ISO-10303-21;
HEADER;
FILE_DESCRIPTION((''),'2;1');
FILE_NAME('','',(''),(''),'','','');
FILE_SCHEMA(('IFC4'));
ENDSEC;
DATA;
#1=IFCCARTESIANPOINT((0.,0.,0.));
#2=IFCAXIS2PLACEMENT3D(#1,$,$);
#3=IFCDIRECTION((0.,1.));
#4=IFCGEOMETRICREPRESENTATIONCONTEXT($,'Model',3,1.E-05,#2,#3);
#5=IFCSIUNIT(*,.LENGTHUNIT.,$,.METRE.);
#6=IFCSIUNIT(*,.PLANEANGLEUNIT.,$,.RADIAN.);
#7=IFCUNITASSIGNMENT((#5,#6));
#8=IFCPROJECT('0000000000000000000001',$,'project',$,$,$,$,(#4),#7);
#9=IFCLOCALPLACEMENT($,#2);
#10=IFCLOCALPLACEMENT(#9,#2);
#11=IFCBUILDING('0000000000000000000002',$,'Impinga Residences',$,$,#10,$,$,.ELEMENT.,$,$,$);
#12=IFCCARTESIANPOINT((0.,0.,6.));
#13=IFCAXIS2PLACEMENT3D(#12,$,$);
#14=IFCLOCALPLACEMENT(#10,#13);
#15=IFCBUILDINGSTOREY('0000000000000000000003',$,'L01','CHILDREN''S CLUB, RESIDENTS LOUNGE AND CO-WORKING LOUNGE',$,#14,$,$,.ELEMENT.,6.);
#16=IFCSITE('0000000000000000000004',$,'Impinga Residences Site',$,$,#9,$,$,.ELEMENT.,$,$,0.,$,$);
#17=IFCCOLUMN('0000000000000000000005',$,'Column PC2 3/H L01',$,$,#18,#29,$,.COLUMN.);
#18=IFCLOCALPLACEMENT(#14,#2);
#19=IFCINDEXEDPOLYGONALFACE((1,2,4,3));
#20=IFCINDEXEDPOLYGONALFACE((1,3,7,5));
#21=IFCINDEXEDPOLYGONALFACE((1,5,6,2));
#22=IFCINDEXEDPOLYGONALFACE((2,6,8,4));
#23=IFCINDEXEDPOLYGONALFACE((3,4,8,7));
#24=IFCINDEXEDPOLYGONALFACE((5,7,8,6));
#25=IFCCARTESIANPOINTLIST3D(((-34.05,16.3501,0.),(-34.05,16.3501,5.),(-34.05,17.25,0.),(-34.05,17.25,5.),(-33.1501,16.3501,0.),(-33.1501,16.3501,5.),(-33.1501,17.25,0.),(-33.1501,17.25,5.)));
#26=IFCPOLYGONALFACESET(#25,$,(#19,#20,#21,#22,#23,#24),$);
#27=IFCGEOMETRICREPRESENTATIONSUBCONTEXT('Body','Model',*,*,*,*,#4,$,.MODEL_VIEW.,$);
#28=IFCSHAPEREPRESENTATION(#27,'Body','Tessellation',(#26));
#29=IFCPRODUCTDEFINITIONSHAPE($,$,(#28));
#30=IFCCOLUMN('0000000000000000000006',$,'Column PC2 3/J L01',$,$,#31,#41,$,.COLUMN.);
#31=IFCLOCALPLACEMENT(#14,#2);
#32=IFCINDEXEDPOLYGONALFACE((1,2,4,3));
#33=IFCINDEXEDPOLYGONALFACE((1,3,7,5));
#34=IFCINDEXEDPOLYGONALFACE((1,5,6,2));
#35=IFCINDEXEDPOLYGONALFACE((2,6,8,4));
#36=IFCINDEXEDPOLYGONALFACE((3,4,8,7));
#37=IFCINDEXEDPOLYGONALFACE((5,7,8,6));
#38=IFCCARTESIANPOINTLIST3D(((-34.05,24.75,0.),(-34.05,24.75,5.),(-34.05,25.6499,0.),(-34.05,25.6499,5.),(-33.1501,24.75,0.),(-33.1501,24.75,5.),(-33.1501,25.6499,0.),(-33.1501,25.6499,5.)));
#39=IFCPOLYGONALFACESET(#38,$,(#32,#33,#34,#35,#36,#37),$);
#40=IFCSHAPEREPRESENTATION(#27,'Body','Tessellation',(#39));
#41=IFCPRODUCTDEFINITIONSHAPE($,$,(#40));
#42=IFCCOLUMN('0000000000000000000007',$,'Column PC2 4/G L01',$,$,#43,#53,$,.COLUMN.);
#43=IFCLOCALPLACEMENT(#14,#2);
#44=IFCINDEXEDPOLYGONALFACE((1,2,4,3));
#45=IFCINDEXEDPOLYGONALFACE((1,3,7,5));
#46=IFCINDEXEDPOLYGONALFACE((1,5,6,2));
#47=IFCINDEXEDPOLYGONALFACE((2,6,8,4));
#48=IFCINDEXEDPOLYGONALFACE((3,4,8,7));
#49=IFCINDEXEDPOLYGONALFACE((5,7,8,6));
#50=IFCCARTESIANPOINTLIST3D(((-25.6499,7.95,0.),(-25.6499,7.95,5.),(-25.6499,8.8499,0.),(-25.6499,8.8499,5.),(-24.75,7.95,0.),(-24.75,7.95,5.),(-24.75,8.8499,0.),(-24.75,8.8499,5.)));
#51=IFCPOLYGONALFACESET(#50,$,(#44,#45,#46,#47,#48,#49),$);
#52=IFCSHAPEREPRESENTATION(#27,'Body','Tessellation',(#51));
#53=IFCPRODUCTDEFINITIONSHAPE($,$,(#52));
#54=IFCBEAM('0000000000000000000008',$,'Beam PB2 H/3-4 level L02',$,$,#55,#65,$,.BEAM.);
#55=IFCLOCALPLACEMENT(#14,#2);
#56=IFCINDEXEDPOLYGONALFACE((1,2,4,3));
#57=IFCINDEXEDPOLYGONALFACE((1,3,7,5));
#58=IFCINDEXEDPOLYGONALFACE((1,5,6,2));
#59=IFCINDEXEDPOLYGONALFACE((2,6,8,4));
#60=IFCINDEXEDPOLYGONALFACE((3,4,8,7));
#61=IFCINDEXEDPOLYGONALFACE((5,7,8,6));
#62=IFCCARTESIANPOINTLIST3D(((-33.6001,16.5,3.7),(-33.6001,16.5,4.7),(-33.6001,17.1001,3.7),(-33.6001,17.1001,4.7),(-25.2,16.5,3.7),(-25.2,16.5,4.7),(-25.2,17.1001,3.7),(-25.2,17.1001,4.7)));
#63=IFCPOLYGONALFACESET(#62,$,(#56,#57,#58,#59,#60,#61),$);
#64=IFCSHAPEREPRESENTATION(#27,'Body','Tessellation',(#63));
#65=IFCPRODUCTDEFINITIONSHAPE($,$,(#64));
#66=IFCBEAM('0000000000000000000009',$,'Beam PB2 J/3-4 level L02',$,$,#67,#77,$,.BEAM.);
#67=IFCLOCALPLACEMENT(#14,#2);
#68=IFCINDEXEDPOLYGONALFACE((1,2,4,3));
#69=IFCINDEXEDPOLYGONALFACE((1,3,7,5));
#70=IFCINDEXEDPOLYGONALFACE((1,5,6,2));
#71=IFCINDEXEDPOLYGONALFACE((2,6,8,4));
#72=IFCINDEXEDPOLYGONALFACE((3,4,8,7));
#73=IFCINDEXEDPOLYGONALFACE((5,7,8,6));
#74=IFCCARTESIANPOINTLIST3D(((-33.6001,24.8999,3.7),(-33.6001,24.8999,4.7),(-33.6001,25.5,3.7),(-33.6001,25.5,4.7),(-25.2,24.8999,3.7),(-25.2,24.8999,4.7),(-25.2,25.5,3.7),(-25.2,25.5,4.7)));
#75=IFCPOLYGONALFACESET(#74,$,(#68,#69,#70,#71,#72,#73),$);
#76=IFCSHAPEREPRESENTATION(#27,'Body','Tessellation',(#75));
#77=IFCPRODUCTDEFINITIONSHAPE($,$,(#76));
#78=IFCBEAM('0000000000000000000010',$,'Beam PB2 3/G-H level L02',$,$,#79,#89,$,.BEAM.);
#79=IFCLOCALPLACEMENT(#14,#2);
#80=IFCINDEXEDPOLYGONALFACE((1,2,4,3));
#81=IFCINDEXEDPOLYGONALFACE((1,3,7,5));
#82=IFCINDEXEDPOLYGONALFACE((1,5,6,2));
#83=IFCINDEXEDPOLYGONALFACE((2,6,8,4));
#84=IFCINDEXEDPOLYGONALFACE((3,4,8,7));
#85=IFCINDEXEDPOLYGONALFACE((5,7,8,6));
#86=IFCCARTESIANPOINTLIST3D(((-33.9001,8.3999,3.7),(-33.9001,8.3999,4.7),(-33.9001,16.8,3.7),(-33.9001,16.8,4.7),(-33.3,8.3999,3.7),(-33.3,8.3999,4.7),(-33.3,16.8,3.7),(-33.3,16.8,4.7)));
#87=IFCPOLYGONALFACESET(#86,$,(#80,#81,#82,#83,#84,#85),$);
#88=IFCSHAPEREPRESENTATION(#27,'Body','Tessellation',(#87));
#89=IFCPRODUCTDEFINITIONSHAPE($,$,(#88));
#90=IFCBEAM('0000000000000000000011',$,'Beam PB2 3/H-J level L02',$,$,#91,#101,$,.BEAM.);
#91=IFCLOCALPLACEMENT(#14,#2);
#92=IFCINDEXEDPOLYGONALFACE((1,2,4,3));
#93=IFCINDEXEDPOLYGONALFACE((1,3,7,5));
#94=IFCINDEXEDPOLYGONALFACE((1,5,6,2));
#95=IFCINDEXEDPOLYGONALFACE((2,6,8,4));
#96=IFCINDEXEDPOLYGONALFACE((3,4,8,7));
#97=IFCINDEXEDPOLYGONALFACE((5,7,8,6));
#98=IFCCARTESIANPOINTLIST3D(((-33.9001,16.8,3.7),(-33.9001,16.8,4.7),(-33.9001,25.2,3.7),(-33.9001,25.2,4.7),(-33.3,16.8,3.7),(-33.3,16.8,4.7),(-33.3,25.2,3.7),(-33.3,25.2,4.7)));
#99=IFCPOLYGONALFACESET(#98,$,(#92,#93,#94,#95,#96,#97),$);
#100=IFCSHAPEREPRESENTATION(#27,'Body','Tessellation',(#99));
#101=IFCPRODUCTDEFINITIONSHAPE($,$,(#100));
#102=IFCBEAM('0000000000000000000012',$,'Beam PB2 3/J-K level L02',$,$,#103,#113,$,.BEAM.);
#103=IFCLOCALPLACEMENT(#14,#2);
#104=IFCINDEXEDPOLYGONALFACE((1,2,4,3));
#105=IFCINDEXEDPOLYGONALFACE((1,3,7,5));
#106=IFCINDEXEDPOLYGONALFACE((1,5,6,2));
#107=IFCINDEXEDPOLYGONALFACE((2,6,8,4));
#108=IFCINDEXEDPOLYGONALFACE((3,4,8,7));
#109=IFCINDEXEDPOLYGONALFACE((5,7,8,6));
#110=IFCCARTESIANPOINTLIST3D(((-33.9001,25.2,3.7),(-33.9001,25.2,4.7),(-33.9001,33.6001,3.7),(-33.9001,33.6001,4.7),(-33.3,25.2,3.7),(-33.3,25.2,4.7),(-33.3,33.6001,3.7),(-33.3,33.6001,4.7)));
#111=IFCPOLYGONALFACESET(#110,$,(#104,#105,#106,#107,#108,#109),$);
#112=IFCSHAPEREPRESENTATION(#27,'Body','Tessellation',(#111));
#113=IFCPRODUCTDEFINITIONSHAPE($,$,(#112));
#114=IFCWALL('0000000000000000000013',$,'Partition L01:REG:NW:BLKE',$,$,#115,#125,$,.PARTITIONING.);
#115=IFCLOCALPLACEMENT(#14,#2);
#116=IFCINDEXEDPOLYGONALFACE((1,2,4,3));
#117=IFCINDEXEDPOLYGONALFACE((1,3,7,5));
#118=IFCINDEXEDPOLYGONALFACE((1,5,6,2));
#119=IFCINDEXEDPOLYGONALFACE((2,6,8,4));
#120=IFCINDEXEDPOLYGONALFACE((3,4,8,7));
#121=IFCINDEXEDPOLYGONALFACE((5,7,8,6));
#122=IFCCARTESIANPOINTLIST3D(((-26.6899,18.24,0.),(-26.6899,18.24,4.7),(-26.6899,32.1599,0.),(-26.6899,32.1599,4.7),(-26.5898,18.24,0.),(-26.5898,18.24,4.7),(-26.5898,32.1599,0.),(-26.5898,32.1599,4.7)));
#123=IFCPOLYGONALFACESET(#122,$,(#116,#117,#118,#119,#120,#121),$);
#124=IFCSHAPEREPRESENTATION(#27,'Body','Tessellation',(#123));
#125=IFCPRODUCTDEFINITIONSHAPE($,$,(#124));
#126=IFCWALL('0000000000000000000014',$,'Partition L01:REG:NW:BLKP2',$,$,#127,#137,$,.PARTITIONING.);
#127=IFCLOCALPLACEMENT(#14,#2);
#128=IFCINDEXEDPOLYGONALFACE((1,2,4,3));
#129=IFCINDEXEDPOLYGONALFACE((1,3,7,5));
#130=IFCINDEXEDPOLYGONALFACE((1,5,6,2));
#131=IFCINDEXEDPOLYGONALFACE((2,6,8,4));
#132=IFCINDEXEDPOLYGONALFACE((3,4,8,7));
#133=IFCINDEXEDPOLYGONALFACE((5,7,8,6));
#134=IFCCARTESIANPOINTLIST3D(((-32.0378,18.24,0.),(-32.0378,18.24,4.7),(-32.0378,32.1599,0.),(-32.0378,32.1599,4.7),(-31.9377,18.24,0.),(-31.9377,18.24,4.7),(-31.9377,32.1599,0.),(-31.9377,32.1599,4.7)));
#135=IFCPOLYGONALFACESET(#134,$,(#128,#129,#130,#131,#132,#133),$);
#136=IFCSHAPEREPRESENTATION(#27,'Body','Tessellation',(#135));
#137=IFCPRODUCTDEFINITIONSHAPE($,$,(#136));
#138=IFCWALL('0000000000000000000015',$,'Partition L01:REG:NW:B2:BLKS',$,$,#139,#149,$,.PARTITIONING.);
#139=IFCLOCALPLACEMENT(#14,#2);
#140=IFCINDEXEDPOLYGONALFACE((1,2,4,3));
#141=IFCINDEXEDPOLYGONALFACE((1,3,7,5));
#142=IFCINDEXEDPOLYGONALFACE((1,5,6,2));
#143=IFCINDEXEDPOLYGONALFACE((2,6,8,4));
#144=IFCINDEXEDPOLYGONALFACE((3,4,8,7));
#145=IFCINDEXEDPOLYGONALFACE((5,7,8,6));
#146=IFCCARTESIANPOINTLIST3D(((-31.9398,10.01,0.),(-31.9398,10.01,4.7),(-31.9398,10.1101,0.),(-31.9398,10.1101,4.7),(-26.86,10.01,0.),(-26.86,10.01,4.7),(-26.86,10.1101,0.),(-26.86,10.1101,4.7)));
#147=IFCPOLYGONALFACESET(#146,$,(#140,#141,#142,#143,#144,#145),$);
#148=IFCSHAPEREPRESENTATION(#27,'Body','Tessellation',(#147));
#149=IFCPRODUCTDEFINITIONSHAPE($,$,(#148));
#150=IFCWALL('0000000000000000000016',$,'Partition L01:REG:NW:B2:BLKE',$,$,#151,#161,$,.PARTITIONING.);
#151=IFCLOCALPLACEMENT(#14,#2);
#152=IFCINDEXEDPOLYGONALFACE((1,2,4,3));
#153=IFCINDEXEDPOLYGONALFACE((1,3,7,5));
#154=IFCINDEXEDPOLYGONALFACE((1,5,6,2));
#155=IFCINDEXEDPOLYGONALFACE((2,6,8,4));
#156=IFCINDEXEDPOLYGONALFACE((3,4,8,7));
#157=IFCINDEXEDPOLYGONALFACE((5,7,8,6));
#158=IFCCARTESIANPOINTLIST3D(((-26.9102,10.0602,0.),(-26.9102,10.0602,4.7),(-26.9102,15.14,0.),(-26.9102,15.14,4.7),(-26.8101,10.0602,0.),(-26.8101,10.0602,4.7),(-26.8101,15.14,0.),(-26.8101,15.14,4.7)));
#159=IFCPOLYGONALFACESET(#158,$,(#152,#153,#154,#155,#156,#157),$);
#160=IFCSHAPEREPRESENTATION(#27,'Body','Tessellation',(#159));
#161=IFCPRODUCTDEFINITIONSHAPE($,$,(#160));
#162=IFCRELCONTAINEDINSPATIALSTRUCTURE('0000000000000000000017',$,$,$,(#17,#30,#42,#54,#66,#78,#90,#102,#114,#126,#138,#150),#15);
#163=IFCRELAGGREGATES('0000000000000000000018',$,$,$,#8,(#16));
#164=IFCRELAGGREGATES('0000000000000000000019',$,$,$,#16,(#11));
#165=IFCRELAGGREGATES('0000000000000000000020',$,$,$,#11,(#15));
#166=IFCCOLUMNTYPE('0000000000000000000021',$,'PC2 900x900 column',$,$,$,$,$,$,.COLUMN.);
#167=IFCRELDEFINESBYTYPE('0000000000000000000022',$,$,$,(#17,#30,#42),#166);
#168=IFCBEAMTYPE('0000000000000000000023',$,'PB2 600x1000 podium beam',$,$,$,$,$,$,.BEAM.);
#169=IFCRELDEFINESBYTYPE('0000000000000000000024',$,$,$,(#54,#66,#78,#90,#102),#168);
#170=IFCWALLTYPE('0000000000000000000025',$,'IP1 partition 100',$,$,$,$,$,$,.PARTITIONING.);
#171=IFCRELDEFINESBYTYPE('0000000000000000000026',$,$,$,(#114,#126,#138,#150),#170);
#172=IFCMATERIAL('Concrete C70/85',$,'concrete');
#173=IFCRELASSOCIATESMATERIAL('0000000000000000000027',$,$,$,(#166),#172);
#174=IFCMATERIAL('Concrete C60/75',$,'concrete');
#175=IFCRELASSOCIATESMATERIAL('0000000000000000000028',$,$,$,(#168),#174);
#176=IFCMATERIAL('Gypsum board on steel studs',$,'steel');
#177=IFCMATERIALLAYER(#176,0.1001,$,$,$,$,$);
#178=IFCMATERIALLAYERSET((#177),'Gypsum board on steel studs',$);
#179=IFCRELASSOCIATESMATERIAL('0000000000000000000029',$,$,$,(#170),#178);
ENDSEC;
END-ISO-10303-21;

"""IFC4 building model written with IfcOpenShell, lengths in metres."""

from ifc_helpers import new_model, si_unit, direction, frame, frame_2d, origin, origin_2d, place, context, subcontext, project, spatial, rectangle, extrude, material, layer, layer_set, material_profile, profile_set, type_object, element, save


model = new_model("IFC4")

# Units and contexts
model_context = context("Model", 3, precision=1e-05, world=origin(), true_north=direction((0.0, 1.0)))
body_context = subcontext(model_context, "Body", "Model", "MODEL_VIEW")
ifc_project = project(units=[si_unit("LENGTHUNIT", "METRE"), si_unit("PLANEANGLEUNIT", "RADIAN")], contexts=[model_context])

# Site, building, storey
site_placement = place(None, origin())
site = spatial("IfcSite", under=ifc_project, at=site_placement, Name="Impinga Residences Site", CompositionType="ELEMENT", RefElevation=0.0)
building_placement = place(site_placement, origin())
building = spatial("IfcBuilding", under=site, at=building_placement, Name="Impinga Residences", CompositionType="ELEMENT")
storey_placement = place(building_placement, frame((0.0, 0.0, 6.0)))
storey = spatial("IfcBuildingStorey", under=building, at=storey_placement, Name="L01", Description="CHILDREN'S CLUB, RESIDENTS LOUNGE AND CO-WORKING LOUNGE", CompositionType="ELEMENT", Elevation=6.0)

# Columns
ifc_material_1 = material(Name="Concrete C70/85", Category="concrete")
ifc_material_profile_1 = material_profile(ifc_material_1, rectangle(XDim=0.8999, YDim=0.8999, at=origin_2d()), Name="RC 900x900")
ifc_profile_set_1 = profile_set([ifc_material_profile_1], Name="Concrete C70/85")
column_type = type_object("IfcColumnType", Name="PC2 900x900 column", PredefinedType="COLUMN", material=ifc_profile_set_1)
for number, where, z_axis, x_axis, name in (
    (1, (-33.6001, 16.8, 0.0), (0.0, 0.0, 1.0), (1.0, 0.0, 0.0), "Column PC2 3/H L01"),
    (2, (-33.6001, 25.2, 0.0), (0.0, 0.0, 1.0), (1.0, 0.0, 0.0), "Column PC2 3/J L01"),
    (3, (-25.2, 8.3999, 0.0), (0.0, 0.0, 1.0), (1.0, 0.0, 0.0), "Column PC2 4/G L01"),
):
    element("IfcColumn", number, at=place(storey_placement, frame(where, z_axis=z_axis, x_axis=x_axis)), inside=storey, type_object=column_type, Name=name, PredefinedType="COLUMN", context=body_context, shape_type="SweptSolid", body=[
        extrude(rectangle(XDim=0.8999, YDim=0.8999, at=origin_2d()), origin(), (0.0, 0.0, 1.0), 5.0),
    ])

# Beams
ifc_material_2 = material(Name="Concrete C60/75", Category="concrete")
ifc_material_profile_2 = material_profile(ifc_material_2, rectangle(XDim=0.6001, YDim=1.0, at=origin_2d()), Name="RC 600x1000")
ifc_profile_set_2 = profile_set([ifc_material_profile_2], Name="Concrete C60/75")
beam_type = type_object("IfcBeamType", Name="PB2 600x1000 podium beam", PredefinedType="BEAM", material=ifc_profile_set_2)
for number, where, z_axis, x_axis, name in (
    (4, (-33.6001, 16.8, 4.2), (1.0, 0.0, 0.0), (0.0, 1.0, 0.0), "Beam PB2 H/3-4 level L02"),
    (5, (-33.6001, 25.2, 4.2), (1.0, 0.0, 0.0), (0.0, 1.0, 0.0), "Beam PB2 J/3-4 level L02"),
    (6, (-33.6001, 8.3999, 4.2), (0.0, 1.0, 0.0), (-1.0, 0.0, 0.0), "Beam PB2 3/G-H level L02"),
):
    element("IfcBeam", number, at=place(storey_placement, frame(where, z_axis=z_axis, x_axis=x_axis)), inside=storey, type_object=beam_type, Name=name, PredefinedType="BEAM", context=body_context, shape_type="SweptSolid", body=[
        extrude(rectangle(XDim=0.6001, YDim=1.0, at=origin_2d()), origin(), (0.0, 0.0, 1.0), 8.4001),
    ])
beam_1_placement = place(storey_placement, frame((-33.6001, 16.8, 4.2), z_axis=(0.0, 1.0, 0.0), x_axis=(-1.0, 0.0, 0.0)))
element("IfcBeam", 7, at=beam_1_placement, inside=storey, type_object=beam_type, Name="Beam PB2 3/H-J level L02", PredefinedType="BEAM", context=body_context, shape_type="SweptSolid", body=[
    extrude(rectangle(XDim=0.6001, YDim=1.0, at=origin_2d()), origin(), (0.0, 0.0, 1.0), 8.3999),
])
beam_2_placement = place(storey_placement, frame((-33.6001, 25.2, 4.2), z_axis=(0.0, 1.0, 0.0), x_axis=(-1.0, 0.0, 0.0)))
element("IfcBeam", 8, at=beam_2_placement, inside=storey, type_object=beam_type, Name="Beam PB2 3/J-K level L02", PredefinedType="BEAM", context=body_context, shape_type="SweptSolid", body=[
    extrude(rectangle(XDim=0.6001, YDim=1.0, at=origin_2d()), origin(), (0.0, 0.0, 1.0), 8.4001),
])

# Walls
ifc_material_3 = material(Name="Gypsum board on steel studs", Category="steel")
ifc_layer = layer(ifc_material_3, 0.1001)
ifc_layer_set = layer_set([ifc_layer], Name="Gypsum board on steel studs")
wall_type = type_object("IfcWallType", Name="IP1 partition 100", PredefinedType="PARTITIONING", material=ifc_layer_set)
for number, where, z_axis, x_axis, name in (
    (9, (-26.6399, 18.24, 0.0), (0.0, 0.0, 1.0), (0.0, 1.0, 0.0), "Partition L01:REG:NW:BLKE"),
    (10, (-31.9878, 18.24, 0.0), (0.0, 0.0, 1.0), (0.0, 1.0, 0.0), "Partition L01:REG:NW:BLKP2"),
):
    element("IfcWall", number, at=place(storey_placement, frame(where, z_axis=z_axis, x_axis=x_axis)), inside=storey, type_object=wall_type, Name=name, PredefinedType="PARTITIONING", context=body_context, shape_type="SweptSolid", body=[
        extrude(rectangle(XDim=13.9199, YDim=0.1001, at=frame_2d((6.96, 0.0))), origin(), (0.0, 0.0, 1.0), 4.7),
    ])
for number, where, z_axis, x_axis, name in (
    (11, (-31.9399, 10.0601, 0.0), (0.0, 0.0, 1.0), (1.0, 0.0, 0.0), "Partition L01:REG:NW:B2:BLKS"),
    (12, (-26.8601, 10.0601, 0.0), (0.0, 0.0, 1.0), (0.0, 1.0, 0.0), "Partition L01:REG:NW:B2:BLKE"),
):
    element("IfcWall", number, at=place(storey_placement, frame(where, z_axis=z_axis, x_axis=x_axis)), inside=storey, type_object=wall_type, Name=name, PredefinedType="PARTITIONING", context=body_context, shape_type="SweptSolid", body=[
        extrude(rectangle(XDim=5.0798, YDim=0.1001, at=frame_2d((2.54, 0.0))), origin(), (0.0, 0.0, 1.0), 4.7),
    ])

save(model, "model.ifc")
